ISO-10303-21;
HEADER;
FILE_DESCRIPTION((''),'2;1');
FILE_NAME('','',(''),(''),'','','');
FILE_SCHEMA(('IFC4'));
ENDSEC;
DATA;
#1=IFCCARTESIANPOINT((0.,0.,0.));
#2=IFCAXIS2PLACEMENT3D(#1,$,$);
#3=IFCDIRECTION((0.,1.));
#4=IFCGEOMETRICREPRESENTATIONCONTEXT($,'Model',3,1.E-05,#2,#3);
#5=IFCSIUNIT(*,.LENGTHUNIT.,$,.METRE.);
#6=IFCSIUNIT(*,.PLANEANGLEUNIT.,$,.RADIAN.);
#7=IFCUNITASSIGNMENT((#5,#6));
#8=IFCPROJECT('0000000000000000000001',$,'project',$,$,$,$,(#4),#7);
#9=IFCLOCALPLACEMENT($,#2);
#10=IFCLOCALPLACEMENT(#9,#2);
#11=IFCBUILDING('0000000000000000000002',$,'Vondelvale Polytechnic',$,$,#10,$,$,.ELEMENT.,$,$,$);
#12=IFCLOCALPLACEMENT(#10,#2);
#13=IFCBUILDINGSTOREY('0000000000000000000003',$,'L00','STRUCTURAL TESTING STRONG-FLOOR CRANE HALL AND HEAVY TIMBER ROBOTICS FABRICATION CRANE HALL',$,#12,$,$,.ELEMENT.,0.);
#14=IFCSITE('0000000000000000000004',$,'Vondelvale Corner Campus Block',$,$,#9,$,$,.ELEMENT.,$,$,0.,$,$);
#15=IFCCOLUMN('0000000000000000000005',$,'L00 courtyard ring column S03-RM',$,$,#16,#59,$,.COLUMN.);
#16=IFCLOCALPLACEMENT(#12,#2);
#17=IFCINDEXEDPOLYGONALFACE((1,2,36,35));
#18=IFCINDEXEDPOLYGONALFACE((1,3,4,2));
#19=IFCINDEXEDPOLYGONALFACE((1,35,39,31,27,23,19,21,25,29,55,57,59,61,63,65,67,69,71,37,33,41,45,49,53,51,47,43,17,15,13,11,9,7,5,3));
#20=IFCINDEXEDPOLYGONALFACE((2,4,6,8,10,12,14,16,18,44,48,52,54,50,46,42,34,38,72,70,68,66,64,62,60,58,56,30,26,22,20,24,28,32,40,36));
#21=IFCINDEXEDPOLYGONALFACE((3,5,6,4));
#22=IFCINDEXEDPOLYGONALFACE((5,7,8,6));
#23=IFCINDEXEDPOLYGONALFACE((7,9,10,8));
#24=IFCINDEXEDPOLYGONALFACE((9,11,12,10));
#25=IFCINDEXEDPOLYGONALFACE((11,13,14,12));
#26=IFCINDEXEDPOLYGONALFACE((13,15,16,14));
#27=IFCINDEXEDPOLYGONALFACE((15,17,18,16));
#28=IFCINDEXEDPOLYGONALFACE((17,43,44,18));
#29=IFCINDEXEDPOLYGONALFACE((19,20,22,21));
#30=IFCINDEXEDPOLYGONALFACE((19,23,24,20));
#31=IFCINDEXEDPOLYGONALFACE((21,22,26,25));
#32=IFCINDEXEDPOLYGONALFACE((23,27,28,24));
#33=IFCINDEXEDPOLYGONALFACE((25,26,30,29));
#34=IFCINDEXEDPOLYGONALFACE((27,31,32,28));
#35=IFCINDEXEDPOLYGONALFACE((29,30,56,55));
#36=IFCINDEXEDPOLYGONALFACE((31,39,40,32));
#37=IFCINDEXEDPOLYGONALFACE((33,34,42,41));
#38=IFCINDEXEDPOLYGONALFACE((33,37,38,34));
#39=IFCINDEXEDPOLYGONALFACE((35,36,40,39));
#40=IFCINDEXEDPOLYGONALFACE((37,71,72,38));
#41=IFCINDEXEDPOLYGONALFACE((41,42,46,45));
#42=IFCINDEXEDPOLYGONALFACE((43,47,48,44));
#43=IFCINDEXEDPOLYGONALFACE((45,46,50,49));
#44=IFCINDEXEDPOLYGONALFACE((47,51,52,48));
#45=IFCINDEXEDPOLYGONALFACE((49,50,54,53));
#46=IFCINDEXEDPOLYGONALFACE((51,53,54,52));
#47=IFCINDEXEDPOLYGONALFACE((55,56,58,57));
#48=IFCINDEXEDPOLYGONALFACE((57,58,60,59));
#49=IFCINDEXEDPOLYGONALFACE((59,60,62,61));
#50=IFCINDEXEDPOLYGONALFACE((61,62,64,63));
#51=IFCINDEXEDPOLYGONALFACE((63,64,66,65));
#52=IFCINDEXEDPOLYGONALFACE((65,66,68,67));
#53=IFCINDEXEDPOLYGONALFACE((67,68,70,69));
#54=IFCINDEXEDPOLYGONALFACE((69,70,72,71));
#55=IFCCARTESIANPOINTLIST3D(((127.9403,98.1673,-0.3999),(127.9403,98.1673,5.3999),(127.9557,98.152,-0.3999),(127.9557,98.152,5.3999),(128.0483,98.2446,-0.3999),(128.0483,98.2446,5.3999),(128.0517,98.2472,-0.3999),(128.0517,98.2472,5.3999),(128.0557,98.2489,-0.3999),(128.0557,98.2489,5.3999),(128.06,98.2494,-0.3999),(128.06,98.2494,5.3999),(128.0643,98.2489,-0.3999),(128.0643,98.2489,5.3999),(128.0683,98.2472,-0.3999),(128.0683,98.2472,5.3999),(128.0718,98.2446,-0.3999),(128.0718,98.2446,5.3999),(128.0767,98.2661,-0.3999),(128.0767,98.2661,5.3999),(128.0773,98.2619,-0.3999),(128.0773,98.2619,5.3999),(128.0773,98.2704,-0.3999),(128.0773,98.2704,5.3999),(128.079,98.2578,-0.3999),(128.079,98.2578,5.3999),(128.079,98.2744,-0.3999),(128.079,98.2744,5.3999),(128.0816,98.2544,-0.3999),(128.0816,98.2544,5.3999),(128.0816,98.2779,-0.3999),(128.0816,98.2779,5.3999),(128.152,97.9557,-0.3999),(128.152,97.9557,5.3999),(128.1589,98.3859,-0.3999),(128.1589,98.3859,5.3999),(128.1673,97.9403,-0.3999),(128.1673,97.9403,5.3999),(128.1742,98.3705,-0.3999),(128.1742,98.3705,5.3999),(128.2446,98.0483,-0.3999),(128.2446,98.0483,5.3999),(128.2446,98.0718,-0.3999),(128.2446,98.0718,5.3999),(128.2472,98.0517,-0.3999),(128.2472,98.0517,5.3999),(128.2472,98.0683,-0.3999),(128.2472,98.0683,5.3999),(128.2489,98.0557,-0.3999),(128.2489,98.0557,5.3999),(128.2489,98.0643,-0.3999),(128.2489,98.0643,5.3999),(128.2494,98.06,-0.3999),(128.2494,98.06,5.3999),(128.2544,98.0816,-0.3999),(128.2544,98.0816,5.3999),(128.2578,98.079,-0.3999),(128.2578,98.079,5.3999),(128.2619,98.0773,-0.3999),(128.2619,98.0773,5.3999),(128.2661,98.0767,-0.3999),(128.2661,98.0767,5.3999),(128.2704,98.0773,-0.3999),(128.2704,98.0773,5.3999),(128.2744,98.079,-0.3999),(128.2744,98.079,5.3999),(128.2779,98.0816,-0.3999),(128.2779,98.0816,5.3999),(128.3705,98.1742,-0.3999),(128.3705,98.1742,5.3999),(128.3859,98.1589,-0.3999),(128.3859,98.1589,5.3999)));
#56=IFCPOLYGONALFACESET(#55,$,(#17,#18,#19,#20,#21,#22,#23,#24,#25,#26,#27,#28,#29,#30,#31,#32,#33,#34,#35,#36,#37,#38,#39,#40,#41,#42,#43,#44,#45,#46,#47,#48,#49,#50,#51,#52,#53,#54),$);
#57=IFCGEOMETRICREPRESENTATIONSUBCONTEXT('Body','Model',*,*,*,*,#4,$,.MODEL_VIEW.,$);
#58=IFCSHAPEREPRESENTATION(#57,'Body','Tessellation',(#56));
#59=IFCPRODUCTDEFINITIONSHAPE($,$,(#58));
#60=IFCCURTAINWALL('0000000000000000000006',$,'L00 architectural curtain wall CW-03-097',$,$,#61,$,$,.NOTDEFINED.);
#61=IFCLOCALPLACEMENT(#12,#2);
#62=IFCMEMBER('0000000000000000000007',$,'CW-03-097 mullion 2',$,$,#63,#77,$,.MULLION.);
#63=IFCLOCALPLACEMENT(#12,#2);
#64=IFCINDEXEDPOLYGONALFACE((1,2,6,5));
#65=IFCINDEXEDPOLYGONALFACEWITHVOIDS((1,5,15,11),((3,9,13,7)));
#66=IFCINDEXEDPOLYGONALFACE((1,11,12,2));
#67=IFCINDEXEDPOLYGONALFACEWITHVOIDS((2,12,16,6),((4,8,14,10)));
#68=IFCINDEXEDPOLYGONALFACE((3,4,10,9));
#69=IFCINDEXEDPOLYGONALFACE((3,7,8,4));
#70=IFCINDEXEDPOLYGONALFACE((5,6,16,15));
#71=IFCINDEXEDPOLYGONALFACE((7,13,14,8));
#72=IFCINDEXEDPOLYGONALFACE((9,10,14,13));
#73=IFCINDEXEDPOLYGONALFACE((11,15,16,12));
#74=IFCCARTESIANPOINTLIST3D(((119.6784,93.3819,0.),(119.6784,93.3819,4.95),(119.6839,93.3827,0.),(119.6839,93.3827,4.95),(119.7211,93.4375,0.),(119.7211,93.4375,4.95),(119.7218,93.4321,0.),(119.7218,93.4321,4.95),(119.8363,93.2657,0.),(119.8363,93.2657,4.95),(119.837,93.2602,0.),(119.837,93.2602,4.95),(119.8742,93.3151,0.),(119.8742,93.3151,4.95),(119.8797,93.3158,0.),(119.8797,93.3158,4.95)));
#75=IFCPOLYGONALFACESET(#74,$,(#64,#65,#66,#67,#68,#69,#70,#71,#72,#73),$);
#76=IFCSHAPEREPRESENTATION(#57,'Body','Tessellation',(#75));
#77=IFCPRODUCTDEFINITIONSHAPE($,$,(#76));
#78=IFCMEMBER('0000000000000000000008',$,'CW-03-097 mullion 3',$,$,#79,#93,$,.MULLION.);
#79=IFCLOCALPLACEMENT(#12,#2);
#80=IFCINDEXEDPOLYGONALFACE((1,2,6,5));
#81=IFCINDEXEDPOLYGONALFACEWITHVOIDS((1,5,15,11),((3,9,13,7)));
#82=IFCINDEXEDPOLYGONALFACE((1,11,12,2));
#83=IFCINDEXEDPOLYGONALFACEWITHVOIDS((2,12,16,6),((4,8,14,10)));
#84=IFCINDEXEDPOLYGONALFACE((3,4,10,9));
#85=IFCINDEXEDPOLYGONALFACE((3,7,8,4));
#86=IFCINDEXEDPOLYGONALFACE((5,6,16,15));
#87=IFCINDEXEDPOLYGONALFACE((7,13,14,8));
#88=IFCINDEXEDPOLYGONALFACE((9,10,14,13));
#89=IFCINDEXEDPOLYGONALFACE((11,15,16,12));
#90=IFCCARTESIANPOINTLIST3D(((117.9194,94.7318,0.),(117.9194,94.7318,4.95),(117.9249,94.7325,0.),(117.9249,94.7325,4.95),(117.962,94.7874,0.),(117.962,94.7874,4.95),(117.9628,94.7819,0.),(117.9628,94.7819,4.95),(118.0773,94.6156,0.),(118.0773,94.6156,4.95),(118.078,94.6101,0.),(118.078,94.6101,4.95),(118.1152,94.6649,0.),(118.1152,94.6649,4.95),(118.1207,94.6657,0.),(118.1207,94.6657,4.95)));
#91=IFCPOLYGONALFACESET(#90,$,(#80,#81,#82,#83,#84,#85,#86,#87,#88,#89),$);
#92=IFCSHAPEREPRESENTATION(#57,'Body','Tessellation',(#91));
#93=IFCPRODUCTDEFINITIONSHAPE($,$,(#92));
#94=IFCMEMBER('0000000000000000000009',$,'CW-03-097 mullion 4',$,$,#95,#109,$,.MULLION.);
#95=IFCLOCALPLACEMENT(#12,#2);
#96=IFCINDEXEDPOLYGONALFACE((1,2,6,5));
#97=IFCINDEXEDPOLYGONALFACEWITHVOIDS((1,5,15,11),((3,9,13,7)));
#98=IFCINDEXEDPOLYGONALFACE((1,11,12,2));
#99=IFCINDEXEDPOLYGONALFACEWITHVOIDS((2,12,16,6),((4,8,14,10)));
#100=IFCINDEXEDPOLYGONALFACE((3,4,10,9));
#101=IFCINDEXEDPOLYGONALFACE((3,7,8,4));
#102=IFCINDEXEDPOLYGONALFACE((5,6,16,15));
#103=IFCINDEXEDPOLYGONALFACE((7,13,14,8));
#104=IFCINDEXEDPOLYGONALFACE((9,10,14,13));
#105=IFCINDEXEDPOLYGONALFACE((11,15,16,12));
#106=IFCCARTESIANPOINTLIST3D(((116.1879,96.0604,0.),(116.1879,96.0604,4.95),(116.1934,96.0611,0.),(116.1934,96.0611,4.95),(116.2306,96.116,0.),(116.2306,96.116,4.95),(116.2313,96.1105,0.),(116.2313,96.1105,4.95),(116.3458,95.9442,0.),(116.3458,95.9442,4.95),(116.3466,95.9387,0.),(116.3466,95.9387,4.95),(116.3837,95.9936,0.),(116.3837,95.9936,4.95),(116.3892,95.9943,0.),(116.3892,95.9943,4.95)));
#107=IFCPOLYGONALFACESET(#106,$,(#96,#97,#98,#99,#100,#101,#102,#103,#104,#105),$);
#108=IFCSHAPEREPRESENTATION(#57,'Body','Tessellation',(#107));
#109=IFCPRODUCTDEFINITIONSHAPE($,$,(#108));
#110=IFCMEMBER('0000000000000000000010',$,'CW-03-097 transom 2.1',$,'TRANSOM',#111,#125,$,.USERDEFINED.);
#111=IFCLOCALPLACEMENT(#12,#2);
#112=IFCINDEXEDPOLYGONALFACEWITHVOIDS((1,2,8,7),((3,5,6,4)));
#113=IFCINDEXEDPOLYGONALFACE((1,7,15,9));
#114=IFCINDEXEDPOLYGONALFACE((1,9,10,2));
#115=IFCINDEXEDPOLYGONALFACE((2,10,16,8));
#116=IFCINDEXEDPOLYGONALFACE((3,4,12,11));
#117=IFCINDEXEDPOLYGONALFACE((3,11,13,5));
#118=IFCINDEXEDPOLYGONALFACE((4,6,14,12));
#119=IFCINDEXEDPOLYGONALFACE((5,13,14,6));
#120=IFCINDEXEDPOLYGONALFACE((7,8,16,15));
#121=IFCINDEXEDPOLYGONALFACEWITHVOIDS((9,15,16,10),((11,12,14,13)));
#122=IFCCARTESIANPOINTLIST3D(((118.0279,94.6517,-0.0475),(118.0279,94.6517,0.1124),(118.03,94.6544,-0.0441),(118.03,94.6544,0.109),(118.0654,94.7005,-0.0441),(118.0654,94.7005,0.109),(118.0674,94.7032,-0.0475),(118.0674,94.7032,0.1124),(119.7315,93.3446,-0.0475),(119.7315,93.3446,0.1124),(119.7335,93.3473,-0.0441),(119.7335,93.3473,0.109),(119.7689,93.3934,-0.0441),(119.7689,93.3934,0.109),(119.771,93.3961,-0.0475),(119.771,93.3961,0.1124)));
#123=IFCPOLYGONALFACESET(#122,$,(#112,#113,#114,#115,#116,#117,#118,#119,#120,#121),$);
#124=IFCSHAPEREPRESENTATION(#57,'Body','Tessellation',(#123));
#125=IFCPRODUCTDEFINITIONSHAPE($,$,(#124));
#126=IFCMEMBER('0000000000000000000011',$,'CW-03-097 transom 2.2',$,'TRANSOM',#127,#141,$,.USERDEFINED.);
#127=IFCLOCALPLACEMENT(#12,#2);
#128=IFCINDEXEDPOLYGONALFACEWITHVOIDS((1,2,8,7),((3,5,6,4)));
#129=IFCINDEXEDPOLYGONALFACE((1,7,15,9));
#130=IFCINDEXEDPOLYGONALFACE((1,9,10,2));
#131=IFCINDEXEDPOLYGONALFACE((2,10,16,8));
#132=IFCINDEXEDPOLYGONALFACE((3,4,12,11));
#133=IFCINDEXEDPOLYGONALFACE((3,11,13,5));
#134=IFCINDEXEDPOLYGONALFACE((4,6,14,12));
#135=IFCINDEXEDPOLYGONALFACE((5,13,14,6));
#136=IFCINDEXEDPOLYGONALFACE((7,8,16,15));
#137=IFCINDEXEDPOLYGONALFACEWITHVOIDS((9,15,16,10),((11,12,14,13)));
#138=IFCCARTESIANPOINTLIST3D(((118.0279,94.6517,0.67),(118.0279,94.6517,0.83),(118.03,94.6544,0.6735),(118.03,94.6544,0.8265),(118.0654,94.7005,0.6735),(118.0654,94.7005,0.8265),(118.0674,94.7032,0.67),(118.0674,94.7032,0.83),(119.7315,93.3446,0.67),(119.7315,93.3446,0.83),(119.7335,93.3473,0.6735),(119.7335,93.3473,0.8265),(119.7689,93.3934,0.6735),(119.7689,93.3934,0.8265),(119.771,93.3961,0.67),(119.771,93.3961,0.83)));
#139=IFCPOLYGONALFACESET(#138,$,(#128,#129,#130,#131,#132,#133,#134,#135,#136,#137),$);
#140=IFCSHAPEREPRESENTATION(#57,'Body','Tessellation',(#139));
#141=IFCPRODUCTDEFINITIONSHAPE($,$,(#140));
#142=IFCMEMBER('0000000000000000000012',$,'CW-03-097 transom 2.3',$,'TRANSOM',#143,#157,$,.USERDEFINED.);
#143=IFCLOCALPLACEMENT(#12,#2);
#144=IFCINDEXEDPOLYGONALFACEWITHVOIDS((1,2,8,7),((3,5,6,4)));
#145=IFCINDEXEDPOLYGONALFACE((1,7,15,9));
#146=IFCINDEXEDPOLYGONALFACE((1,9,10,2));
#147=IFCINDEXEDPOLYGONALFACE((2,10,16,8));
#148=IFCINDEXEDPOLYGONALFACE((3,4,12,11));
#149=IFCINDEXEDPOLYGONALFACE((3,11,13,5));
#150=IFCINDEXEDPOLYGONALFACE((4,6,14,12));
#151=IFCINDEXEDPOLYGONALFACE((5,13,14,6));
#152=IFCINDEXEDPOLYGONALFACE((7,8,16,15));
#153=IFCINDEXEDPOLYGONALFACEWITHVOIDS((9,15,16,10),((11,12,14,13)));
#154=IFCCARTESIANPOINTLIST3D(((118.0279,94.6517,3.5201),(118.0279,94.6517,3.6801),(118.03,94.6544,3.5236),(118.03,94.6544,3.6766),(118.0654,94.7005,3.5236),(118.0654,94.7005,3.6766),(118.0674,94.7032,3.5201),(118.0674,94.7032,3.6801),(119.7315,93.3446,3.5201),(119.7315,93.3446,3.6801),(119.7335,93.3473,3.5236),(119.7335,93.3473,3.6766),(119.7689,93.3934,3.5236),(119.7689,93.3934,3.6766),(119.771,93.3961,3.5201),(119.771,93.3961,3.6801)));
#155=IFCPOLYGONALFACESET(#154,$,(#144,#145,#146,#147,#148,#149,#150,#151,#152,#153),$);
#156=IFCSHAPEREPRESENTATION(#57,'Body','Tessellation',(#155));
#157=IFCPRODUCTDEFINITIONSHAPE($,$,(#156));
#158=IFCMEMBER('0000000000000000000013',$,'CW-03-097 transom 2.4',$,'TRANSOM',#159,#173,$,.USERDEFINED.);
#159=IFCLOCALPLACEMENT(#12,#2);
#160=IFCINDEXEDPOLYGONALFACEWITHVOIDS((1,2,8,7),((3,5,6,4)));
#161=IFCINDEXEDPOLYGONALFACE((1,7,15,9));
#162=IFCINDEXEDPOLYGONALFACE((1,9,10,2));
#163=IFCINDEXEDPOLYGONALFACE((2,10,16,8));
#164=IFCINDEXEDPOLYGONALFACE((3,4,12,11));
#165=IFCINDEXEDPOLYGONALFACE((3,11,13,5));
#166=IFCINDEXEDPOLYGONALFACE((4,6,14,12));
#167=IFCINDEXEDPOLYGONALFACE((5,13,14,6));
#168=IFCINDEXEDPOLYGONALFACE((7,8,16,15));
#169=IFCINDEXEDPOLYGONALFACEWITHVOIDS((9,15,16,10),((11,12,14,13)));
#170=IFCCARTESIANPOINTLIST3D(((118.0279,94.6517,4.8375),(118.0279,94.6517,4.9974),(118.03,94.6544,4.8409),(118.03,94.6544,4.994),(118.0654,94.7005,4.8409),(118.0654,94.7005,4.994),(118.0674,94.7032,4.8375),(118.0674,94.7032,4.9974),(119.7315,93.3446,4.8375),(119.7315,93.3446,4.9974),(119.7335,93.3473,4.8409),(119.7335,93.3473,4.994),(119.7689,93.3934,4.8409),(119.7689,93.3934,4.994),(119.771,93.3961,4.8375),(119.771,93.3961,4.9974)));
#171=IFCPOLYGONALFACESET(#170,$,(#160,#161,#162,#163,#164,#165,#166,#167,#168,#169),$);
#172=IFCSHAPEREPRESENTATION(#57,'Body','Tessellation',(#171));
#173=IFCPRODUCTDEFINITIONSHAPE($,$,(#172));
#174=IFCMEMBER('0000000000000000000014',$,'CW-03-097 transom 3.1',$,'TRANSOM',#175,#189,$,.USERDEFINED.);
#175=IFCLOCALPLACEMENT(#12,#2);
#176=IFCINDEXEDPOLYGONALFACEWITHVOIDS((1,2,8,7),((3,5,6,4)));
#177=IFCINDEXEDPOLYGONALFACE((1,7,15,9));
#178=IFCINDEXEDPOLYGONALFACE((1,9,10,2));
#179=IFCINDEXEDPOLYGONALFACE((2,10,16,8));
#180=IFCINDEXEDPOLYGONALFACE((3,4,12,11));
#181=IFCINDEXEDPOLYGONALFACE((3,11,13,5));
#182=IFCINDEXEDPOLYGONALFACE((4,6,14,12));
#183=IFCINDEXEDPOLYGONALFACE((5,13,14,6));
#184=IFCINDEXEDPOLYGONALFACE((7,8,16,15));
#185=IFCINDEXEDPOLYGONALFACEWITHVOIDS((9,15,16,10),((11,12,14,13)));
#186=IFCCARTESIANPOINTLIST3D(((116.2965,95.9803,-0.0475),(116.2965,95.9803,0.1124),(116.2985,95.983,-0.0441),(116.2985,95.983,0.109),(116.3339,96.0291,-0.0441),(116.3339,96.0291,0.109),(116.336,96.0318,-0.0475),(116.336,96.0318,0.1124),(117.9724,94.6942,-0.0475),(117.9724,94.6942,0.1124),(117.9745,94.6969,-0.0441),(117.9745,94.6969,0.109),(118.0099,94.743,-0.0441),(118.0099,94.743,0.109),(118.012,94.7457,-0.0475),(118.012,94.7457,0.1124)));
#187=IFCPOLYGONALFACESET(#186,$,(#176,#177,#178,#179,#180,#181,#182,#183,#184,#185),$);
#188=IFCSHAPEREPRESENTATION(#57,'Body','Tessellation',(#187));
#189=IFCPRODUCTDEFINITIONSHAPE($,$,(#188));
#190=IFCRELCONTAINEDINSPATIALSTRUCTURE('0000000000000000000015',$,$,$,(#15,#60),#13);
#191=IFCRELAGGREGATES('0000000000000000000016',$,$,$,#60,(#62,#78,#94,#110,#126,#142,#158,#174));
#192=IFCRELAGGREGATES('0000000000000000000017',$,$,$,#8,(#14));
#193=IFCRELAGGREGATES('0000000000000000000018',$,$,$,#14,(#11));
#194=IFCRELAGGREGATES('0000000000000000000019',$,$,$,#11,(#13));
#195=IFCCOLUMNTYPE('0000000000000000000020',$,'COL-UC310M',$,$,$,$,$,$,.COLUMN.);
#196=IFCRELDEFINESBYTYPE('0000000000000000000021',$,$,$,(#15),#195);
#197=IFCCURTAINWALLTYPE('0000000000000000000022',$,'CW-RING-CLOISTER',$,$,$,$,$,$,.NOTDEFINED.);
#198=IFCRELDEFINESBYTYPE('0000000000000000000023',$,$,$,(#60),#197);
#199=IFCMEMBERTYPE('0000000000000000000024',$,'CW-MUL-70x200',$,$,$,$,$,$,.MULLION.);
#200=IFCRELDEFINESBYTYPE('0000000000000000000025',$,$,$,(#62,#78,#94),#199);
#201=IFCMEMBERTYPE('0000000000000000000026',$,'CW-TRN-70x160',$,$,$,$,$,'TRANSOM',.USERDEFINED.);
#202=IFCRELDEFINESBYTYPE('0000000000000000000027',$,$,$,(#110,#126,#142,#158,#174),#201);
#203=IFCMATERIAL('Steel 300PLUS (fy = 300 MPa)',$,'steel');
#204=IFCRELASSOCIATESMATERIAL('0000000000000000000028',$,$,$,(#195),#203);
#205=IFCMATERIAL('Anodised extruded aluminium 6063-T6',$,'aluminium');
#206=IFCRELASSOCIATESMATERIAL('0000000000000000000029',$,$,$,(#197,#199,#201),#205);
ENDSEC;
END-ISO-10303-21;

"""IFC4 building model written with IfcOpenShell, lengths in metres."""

from ifc_helpers import new_model, si_unit, direction, frame, origin, origin_2d, place, context, subcontext, project, spatial, hollow_rectangle, i_section, extrude, material, material_profile, profile_set, type_object, element, aggregate, save


model = new_model("IFC4")

# Units and contexts
model_context = context("Model", 3, precision=1e-05, world=origin(), true_north=direction((0.0, 1.0)))
body_context = subcontext(model_context, "Body", "Model", "MODEL_VIEW")
ifc_project = project(units=[si_unit("LENGTHUNIT", "METRE"), si_unit("PLANEANGLEUNIT", "RADIAN")], contexts=[model_context])

# Site, building, storey
site_placement = place(None, origin())
site = spatial("IfcSite", under=ifc_project, at=site_placement, Name="Vondelvale Corner Campus Block", CompositionType="ELEMENT", RefElevation=0.0)
building_placement = place(site_placement, origin())
building = spatial("IfcBuilding", under=site, at=building_placement, Name="Vondelvale Polytechnic", CompositionType="ELEMENT")
storey_placement = place(building_placement, origin())
storey = spatial("IfcBuildingStorey", under=building, at=storey_placement, Name="L00", Description="STRUCTURAL TESTING STRONG-FLOOR CRANE HALL AND HEAVY TIMBER ROBOTICS FABRICATION CRANE HALL", CompositionType="ELEMENT", Elevation=0.0)

# Column
ifc_material_1 = material(Name="Steel 300PLUS (fy = 300 MPa)", Category="steel")
ifc_material_profile_1 = material_profile(ifc_material_1, i_section(OverallWidth=0.3091, OverallDepth=0.321, WebThickness=0.0139, FlangeThickness=0.0217, FilletRadius=0.0166, at=origin_2d()), Name="310UC137")
ifc_profile_set_1 = profile_set([ifc_material_profile_1], Name="Steel 300PLUS (fy = 300 MPa)")
column_type = type_object("IfcColumnType", Name="COL-UC310M", PredefinedType="COLUMN", material=ifc_profile_set_1)
column_placement = place(storey_placement, frame((128.1631, 98.1631, -0.3999), z_axis=(0.0, 0.0, 1.0), x_axis=(0.707107, 0.707107, 0.0)))
element("IfcColumn", 1, at=column_placement, inside=storey, type_object=column_type, Name="L00 courtyard ring column S03-RM", PredefinedType="COLUMN", context=body_context, shape_type="SweptSolid", body=[
    extrude(i_section(OverallWidth=0.3091, OverallDepth=0.321, WebThickness=0.0139, FlangeThickness=0.0217, FilletRadius=0.0166, at=origin_2d()), origin(), (0.0, 0.0, 1.0), 5.7998),
])

# Curtain wall, members
ifc_material_2 = material(Name="Anodised extruded aluminium 6063-T6", Category="aluminium")
curtain_wall_type = type_object("IfcCurtainWallType", Name="CW-RING-CLOISTER", PredefinedType="NOTDEFINED", material=ifc_material_2)
curtain_wall_placement = place(storey_placement, origin())
curtain_wall = element("IfcCurtainWall", 2, at=curtain_wall_placement, inside=storey, type_object=curtain_wall_type, Name="L00 architectural curtain wall CW-03-097", PredefinedType="NOTDEFINED")
ifc_material_profile_2 = material_profile(ifc_material_2, hollow_rectangle(XDim=0.0701, YDim=0.2, WallThickness=0.0039, at=origin_2d()), Name="CW-MUL-200x70")
ifc_profile_set_2 = profile_set([ifc_material_profile_2], Name="Anodised extruded aluminium 6063-T6")
member_type_1 = type_object("IfcMemberType", Name="CW-MUL-70x200", PredefinedType="MULLION", material=ifc_profile_set_2)
member_1_placement = place(storey_placement, frame((119.7791, 93.3489, 0.0), z_axis=(0.0, 0.0, 1.0), x_axis=(-0.608748, -0.793364, 0.0)))
member_1 = element("IfcMember", 3, at=member_1_placement, type_object=member_type_1, Name="CW-03-097 mullion 2", PredefinedType="MULLION", context=body_context, shape_type="SweptSolid", body=[
    extrude(hollow_rectangle(XDim=0.0701, YDim=0.2, WallThickness=0.0039, at=origin_2d()), origin(), (0.0, 0.0, 1.0), 4.95),
])
member_2_placement = place(storey_placement, frame((118.02, 94.6987, 0.0), z_axis=(0.0, 0.0, 1.0), x_axis=(-0.608748, -0.793364, 0.0)))
member_2 = element("IfcMember", 4, at=member_2_placement, type_object=member_type_1, Name="CW-03-097 mullion 3", PredefinedType="MULLION", context=body_context, shape_type="SweptSolid", body=[
    extrude(hollow_rectangle(XDim=0.0701, YDim=0.2, WallThickness=0.0039, at=origin_2d()), origin(), (0.0, 0.0, 1.0), 4.95),
])
member_3_placement = place(storey_placement, frame((116.2886, 96.0273, 0.0), z_axis=(0.0, 0.0, 1.0), x_axis=(-0.608748, -0.793364, 0.0)))
member_3 = element("IfcMember", 5, at=member_3_placement, type_object=member_type_1, Name="CW-03-097 mullion 4", PredefinedType="MULLION", context=body_context, shape_type="SweptSolid", body=[
    extrude(hollow_rectangle(XDim=0.0701, YDim=0.2, WallThickness=0.0039, at=origin_2d()), origin(), (0.0, 0.0, 1.0), 4.95),
])
ifc_material_profile_3 = material_profile(ifc_material_2, hollow_rectangle(XDim=0.0649, YDim=0.1599, WallThickness=0.0034, at=origin_2d()), Name="CW-TRN-160x65")
ifc_profile_set_3 = profile_set([ifc_material_profile_3], Name="Anodised extruded aluminium 6063-T6")
member_type_2 = type_object("IfcMemberType", Name="CW-TRN-70x160", ElementType="TRANSOM", PredefinedType="USERDEFINED", material=ifc_profile_set_3)
member_4_placement = place(storey_placement, frame((119.7512, 93.3704, 0.0325), z_axis=(-0.793376, 0.608732, 0.0), x_axis=(-0.608732, -0.793376, 0.0)))
member_4 = element("IfcMember", 6, at=member_4_placement, type_object=member_type_2, Name="CW-03-097 transom 2.1", ObjectType="TRANSOM", PredefinedType="USERDEFINED", context=body_context, shape_type="SweptSolid", body=[
    extrude(hollow_rectangle(XDim=0.0649, YDim=0.1599, WallThickness=0.0034, at=origin_2d()), origin(), (0.0, 0.0, 1.0), 2.1472),
])
member_5_placement = place(storey_placement, frame((119.7512, 93.3704, 0.75), z_axis=(-0.793376, 0.608732, 0.0), x_axis=(-0.608732, -0.793376, 0.0)))
member_5 = element("IfcMember", 7, at=member_5_placement, type_object=member_type_2, Name="CW-03-097 transom 2.2", ObjectType="TRANSOM", PredefinedType="USERDEFINED", context=body_context, shape_type="SweptSolid", body=[
    extrude(hollow_rectangle(XDim=0.0649, YDim=0.1599, WallThickness=0.0034, at=origin_2d()), origin(), (0.0, 0.0, 1.0), 2.1472),
])
member_6_placement = place(storey_placement, frame((119.7512, 93.3704, 3.6001), z_axis=(-0.793376, 0.608732, 0.0), x_axis=(-0.608732, -0.793376, 0.0)))
member_6 = element("IfcMember", 8, at=member_6_placement, type_object=member_type_2, Name="CW-03-097 transom 2.3", ObjectType="TRANSOM", PredefinedType="USERDEFINED", context=body_context, shape_type="SweptSolid", body=[
    extrude(hollow_rectangle(XDim=0.0649, YDim=0.1599, WallThickness=0.0034, at=origin_2d()), origin(), (0.0, 0.0, 1.0), 2.1472),
])
member_7_placement = place(storey_placement, frame((119.7512, 93.3704, 4.9175), z_axis=(-0.793376, 0.608732, 0.0), x_axis=(-0.608732, -0.793376, 0.0)))
member_7 = element("IfcMember", 9, at=member_7_placement, type_object=member_type_2, Name="CW-03-097 transom 2.4", ObjectType="TRANSOM", PredefinedType="USERDEFINED", context=body_context, shape_type="SweptSolid", body=[
    extrude(hollow_rectangle(XDim=0.0649, YDim=0.1599, WallThickness=0.0034, at=origin_2d()), origin(), (0.0, 0.0, 1.0), 2.1472),
])
member_8_placement = place(storey_placement, frame((117.9922, 94.72, 0.0325), z_axis=(-0.793337, 0.608783, 0.0), x_axis=(-0.608783, -0.793337, 0.0)))
member_8 = element("IfcMember", 10, at=member_8_placement, type_object=member_type_2, Name="CW-03-097 transom 3.1", ObjectType="TRANSOM", PredefinedType="USERDEFINED", context=body_context, shape_type="SweptSolid", body=[
    extrude(hollow_rectangle(XDim=0.0649, YDim=0.1599, WallThickness=0.0034, at=origin_2d()), origin(), (0.0, 0.0, 1.0), 2.1125),
])
aggregate(curtain_wall, [member_1, member_2, member_3, member_4, member_5, member_6, member_7, member_8])

save(model, "model.ifc")
